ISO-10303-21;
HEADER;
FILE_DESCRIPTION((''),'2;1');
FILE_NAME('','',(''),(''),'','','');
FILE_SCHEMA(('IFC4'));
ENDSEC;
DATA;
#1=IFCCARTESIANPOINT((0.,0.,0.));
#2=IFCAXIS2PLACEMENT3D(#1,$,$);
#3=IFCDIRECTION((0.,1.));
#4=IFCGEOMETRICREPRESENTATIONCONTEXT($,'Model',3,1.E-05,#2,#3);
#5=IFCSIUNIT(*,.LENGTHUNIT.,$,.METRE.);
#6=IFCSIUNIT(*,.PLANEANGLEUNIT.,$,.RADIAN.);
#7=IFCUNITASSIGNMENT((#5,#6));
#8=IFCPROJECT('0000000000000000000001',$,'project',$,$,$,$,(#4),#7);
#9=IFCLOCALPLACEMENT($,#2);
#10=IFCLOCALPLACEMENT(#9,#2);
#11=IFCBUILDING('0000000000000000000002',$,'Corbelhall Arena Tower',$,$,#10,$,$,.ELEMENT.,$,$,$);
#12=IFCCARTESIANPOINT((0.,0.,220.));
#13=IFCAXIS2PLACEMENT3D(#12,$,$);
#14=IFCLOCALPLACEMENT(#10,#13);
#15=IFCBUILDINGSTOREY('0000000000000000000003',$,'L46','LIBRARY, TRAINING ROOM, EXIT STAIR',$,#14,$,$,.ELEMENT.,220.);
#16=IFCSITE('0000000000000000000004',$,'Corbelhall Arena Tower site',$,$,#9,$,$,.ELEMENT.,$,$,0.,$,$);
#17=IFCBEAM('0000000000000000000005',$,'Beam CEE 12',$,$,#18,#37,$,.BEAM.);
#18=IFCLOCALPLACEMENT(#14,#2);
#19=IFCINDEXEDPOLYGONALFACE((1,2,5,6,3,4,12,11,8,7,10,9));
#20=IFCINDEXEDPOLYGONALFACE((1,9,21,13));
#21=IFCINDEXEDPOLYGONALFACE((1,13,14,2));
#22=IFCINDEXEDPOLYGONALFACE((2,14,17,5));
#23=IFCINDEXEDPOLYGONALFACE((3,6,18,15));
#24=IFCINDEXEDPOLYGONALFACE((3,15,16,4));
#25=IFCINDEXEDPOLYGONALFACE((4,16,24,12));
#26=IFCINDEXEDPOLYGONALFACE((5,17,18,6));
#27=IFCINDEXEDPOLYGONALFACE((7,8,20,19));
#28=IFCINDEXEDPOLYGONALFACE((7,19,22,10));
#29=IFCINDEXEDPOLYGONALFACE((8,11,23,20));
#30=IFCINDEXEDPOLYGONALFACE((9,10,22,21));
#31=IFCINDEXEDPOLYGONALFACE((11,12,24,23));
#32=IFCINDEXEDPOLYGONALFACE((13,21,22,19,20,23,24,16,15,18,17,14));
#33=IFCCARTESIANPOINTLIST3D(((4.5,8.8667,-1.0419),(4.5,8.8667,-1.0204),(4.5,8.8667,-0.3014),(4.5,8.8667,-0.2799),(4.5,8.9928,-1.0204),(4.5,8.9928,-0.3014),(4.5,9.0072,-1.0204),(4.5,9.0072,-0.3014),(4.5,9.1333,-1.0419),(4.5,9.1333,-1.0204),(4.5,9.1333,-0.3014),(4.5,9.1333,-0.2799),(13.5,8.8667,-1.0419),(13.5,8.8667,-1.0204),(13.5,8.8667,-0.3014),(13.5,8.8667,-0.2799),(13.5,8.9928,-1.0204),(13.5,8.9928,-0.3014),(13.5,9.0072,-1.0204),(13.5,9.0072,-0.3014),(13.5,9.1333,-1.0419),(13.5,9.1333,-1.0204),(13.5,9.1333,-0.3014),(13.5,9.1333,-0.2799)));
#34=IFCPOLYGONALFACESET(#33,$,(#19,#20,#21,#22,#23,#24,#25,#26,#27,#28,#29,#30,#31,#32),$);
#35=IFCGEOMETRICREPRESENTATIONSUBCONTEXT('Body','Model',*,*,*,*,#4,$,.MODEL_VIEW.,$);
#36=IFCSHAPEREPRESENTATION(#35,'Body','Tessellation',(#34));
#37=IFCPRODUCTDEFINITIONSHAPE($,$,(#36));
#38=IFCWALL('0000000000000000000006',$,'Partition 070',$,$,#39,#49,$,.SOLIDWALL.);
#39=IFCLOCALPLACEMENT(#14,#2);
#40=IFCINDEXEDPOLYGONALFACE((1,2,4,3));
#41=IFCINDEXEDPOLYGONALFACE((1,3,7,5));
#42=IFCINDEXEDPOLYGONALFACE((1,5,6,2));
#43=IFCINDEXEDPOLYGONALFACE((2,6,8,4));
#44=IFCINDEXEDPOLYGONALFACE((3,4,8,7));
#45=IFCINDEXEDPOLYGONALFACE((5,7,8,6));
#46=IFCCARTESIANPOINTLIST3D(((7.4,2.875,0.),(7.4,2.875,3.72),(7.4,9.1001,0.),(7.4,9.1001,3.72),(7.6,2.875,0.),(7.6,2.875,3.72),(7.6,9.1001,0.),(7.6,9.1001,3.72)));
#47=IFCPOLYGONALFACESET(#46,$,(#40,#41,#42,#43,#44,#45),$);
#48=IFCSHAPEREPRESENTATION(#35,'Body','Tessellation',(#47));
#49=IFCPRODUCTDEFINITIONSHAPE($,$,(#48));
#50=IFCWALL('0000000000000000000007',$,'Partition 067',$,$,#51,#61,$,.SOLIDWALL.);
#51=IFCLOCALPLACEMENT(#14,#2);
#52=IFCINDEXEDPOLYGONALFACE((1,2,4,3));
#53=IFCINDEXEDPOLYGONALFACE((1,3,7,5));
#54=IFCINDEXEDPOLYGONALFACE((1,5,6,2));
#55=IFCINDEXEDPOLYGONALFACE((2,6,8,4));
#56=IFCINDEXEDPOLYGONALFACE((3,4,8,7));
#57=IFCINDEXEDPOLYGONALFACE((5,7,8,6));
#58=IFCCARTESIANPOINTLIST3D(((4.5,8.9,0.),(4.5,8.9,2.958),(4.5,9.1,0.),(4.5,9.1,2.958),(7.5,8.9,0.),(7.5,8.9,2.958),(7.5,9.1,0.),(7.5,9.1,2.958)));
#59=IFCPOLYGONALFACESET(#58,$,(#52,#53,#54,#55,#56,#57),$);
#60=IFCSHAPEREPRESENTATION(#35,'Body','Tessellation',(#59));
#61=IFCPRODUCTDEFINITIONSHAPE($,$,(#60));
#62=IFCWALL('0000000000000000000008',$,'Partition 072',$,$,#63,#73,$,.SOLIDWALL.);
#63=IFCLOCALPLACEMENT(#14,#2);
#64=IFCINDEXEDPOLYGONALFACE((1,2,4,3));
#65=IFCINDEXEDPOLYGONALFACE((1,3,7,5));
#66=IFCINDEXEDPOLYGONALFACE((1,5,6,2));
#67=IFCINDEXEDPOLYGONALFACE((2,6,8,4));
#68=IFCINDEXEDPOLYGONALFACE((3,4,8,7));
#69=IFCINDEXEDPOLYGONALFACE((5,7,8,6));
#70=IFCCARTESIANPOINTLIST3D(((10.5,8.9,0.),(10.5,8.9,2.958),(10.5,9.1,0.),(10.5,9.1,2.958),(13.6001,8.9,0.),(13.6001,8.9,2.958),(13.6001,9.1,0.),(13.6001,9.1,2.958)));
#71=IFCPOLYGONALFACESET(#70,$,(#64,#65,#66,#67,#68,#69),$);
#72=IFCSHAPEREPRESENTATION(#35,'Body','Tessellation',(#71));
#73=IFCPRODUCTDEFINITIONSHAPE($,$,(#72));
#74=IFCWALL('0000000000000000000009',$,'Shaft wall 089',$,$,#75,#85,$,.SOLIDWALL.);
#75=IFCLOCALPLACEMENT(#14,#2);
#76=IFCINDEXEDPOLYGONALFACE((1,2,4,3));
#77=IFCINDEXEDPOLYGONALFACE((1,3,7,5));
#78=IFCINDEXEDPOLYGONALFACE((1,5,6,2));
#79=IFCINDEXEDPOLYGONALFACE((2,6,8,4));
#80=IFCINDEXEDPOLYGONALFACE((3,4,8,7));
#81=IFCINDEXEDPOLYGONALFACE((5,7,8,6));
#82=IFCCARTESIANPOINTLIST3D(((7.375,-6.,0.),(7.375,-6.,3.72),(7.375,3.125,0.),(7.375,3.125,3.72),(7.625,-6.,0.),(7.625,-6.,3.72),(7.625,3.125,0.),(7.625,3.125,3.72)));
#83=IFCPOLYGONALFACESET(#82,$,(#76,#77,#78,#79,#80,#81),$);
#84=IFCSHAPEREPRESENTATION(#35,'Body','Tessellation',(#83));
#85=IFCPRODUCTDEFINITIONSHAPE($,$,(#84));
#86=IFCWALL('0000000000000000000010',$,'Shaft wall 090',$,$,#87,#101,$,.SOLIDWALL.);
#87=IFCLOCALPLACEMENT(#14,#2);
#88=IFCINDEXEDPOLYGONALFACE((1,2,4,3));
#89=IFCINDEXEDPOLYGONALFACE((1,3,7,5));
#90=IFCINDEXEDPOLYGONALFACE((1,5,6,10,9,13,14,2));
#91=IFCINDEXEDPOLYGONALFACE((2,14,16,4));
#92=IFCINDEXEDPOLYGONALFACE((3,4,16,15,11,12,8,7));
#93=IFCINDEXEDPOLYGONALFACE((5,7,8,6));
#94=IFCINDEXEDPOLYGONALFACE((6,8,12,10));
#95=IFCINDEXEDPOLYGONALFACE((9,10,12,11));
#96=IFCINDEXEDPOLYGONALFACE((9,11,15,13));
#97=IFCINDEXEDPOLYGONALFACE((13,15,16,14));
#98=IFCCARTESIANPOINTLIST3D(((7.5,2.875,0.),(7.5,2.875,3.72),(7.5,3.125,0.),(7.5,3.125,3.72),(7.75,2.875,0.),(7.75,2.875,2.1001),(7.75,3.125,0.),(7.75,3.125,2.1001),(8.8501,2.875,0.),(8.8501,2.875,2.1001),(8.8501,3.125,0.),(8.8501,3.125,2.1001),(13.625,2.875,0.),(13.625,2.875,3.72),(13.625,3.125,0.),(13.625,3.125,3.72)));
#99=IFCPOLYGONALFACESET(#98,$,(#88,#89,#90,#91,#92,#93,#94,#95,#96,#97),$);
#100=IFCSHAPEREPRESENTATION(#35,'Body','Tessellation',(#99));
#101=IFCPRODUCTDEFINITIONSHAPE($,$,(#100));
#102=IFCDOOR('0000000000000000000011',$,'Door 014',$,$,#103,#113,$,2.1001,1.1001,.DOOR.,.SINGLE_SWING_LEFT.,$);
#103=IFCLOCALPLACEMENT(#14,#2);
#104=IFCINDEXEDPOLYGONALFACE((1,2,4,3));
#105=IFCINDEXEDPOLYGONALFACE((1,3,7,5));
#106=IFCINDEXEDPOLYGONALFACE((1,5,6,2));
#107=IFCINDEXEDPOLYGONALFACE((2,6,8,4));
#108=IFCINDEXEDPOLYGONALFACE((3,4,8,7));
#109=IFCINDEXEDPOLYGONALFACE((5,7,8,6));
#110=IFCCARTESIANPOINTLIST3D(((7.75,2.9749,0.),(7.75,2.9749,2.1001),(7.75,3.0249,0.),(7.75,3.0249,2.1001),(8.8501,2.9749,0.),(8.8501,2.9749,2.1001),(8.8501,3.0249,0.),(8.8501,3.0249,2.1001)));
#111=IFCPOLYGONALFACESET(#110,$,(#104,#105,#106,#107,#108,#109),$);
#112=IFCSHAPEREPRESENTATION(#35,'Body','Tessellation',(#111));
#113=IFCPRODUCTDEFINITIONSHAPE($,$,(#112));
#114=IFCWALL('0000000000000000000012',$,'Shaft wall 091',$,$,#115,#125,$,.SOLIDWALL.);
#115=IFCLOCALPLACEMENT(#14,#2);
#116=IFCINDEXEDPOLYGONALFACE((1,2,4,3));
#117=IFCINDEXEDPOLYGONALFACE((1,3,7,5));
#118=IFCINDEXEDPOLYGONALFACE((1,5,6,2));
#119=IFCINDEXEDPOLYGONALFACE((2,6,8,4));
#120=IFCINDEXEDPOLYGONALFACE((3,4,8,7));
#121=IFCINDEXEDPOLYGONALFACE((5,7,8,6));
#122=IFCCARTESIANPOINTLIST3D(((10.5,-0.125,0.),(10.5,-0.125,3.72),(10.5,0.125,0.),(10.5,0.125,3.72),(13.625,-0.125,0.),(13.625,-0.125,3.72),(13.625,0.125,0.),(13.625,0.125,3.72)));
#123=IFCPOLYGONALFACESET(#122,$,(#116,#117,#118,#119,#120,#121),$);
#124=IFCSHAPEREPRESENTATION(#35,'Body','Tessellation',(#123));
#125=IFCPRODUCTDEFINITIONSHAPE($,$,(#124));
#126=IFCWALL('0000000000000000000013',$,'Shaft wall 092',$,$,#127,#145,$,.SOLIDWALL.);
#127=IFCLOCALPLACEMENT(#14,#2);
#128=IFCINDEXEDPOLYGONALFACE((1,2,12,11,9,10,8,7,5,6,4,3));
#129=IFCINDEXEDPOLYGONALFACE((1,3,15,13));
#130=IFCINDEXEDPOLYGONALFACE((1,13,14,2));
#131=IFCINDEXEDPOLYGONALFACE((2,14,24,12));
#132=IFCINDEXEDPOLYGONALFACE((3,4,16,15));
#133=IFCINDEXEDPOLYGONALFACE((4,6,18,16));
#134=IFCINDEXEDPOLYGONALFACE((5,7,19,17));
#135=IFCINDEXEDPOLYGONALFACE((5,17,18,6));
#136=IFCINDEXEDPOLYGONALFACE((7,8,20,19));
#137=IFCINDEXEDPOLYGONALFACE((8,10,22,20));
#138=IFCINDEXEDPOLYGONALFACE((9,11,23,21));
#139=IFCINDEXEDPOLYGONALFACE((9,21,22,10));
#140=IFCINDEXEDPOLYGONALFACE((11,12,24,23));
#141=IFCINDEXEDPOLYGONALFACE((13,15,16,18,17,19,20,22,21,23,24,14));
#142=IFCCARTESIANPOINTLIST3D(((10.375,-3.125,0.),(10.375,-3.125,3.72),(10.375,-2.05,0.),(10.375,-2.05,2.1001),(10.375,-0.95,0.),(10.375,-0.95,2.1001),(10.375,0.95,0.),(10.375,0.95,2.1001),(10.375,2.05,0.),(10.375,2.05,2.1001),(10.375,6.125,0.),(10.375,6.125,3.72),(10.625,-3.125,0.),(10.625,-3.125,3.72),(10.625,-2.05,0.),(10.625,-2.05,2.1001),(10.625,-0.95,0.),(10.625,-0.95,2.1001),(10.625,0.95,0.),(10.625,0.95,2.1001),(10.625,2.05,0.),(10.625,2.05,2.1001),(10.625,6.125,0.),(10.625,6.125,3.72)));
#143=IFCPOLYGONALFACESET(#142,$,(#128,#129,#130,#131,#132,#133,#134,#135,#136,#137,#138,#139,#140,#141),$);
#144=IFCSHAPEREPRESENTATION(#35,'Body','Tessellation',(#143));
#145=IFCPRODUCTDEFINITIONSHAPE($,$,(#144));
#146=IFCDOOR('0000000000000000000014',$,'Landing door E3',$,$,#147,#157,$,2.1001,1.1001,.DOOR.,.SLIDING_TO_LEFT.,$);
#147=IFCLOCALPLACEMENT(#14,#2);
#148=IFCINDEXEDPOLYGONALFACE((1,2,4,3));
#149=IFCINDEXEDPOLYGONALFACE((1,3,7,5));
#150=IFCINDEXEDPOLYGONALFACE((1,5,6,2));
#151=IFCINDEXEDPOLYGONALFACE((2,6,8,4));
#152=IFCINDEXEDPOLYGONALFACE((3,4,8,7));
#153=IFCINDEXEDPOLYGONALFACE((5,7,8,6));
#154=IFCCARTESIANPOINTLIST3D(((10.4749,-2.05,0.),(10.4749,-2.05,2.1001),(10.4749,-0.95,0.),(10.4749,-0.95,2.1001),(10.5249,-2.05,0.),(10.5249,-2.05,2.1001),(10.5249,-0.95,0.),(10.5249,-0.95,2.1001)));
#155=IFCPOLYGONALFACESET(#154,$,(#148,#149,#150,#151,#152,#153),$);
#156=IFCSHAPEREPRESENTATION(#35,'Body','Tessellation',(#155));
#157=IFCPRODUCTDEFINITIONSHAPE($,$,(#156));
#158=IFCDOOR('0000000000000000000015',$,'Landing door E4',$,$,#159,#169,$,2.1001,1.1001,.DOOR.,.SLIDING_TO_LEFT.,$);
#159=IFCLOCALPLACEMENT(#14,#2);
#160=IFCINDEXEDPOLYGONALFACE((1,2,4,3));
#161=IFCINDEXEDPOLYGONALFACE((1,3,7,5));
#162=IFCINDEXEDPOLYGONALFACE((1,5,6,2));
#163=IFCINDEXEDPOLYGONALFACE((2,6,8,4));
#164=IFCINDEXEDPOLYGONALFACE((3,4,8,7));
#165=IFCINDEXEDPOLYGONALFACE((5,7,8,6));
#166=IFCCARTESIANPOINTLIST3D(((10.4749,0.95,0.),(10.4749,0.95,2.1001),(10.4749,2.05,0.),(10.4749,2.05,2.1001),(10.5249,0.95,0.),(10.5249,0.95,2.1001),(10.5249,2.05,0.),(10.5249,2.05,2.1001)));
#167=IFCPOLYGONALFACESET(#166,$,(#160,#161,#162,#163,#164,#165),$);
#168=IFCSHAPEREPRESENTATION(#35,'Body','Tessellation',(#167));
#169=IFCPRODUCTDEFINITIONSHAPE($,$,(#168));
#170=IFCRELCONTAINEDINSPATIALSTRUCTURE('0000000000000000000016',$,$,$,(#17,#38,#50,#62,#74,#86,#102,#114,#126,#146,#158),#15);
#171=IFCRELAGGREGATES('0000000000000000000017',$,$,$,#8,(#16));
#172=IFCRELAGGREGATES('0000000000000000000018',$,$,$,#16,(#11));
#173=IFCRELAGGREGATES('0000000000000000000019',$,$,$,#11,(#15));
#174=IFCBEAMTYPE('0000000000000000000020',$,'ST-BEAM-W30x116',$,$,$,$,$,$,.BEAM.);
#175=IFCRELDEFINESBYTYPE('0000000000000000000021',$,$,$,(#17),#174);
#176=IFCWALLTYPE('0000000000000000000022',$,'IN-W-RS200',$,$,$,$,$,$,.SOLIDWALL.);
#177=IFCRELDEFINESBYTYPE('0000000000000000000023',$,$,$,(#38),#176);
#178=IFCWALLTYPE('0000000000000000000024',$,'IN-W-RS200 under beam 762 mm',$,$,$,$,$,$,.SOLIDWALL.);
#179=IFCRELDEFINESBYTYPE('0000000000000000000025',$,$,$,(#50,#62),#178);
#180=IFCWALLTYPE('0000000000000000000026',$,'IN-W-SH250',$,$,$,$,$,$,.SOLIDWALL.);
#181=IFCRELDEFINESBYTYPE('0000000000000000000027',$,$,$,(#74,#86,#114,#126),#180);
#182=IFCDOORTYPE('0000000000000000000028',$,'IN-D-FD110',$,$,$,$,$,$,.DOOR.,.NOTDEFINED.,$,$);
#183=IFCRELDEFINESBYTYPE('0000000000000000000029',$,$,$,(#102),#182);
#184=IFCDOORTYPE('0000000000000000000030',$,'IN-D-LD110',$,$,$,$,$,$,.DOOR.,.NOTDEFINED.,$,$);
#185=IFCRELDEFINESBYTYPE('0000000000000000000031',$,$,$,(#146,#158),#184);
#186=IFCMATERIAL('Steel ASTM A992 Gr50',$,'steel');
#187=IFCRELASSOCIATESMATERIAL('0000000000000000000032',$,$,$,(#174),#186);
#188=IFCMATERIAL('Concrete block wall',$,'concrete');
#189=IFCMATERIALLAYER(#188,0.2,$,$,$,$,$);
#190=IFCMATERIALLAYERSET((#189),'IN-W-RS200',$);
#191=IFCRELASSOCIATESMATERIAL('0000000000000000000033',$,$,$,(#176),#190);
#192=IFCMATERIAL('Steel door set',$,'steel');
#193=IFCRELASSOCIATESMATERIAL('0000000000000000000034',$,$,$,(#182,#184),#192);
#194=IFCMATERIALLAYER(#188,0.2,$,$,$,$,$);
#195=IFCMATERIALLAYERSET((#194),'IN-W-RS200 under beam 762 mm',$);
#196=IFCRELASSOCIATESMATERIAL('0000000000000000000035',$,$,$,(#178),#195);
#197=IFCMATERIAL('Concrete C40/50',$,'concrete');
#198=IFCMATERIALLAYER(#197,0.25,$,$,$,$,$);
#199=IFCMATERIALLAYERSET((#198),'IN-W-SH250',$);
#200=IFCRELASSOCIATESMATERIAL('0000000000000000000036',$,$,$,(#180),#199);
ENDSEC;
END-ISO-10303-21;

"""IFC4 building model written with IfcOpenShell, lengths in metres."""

from ifc_helpers import new_model, si_unit, direction, frame, frame_2d, origin, origin_2d, place, context, subcontext, project, spatial, rectangle, i_section, extrude, material, layer, layer_set, material_profile, profile_set, type_object, element, fill, save


model = new_model("IFC4")

# Units and contexts
model_context = context("Model", 3, precision=1e-05, world=origin(), true_north=direction((0.0, 1.0)))
body_context = subcontext(model_context, "Body", "Model", "MODEL_VIEW")
ifc_project = project(units=[si_unit("LENGTHUNIT", "METRE"), si_unit("PLANEANGLEUNIT", "RADIAN")], contexts=[model_context])

# Site, building, storey
site_placement = place(None, origin())
site = spatial("IfcSite", under=ifc_project, at=site_placement, Name="Corbelhall Arena Tower site", CompositionType="ELEMENT", RefElevation=0.0)
building_placement = place(site_placement, origin())
building = spatial("IfcBuilding", under=site, at=building_placement, Name="Corbelhall Arena Tower", CompositionType="ELEMENT")
storey_placement = place(building_placement, frame((0.0, 0.0, 220.0)))
storey = spatial("IfcBuildingStorey", under=building, at=storey_placement, Name="L46", Description="LIBRARY, TRAINING ROOM, EXIT STAIR", CompositionType="ELEMENT", Elevation=220.0)

# Beam
ifc_material_1 = material(Name="Steel ASTM A992 Gr50", Category="steel")
ifc_material_profile = material_profile(ifc_material_1, i_section(OverallWidth=0.2666, OverallDepth=0.762, WebThickness=0.0144, FlangeThickness=0.0215, at=origin_2d()))
ifc_profile_set = profile_set([ifc_material_profile], Name="Steel ASTM A992 Gr50")
beam_type = type_object("IfcBeamType", Name="ST-BEAM-W30x116", PredefinedType="BEAM", material=ifc_profile_set)
beam_placement = place(storey_placement, frame((4.5, 9.0, -0.6609), z_axis=(1.0, 0.0, 0.0), x_axis=(0.0, 1.0, 0.0)))
element("IfcBeam", 1, at=beam_placement, inside=storey, type_object=beam_type, Name="Beam CEE 12", PredefinedType="BEAM", context=body_context, shape_type="SweptSolid", body=[
    extrude(i_section(OverallWidth=0.2666, OverallDepth=0.762, WebThickness=0.0144, FlangeThickness=0.0215, at=origin_2d()), origin(), (0.0, 0.0, 1.0), 9.0),
])

# Wall
ifc_material_2 = material(Name="Concrete block wall", Category="concrete")
ifc_layer_1 = layer(ifc_material_2, 0.2)
ifc_layer_set_1 = layer_set([ifc_layer_1], Name="IN-W-RS200")
wall_type_1 = type_object("IfcWallType", Name="IN-W-RS200", PredefinedType="SOLIDWALL", material=ifc_layer_set_1)
wall_1_placement = place(storey_placement, frame((7.5, 9.1001, 0.0), z_axis=(0.0, 0.0, 1.0), x_axis=(0.0, -1.0, 0.0)))
element("IfcWall", 2, at=wall_1_placement, inside=storey, type_object=wall_type_1, Name="Partition 070", PredefinedType="SOLIDWALL", context=body_context, shape_type="SweptSolid", body=[
    extrude(rectangle(XDim=6.2251, YDim=0.2, at=frame_2d((3.1125, 0.0))), origin(), (0.0, 0.0, 1.0), 3.72),
])

# Shared definitions
ifc_material_3 = material(Name="Steel door set", Category="steel")
door_type_1 = type_object("IfcDoorType", Name="IN-D-FD110", OperationType="NOTDEFINED", PredefinedType="DOOR", material=ifc_material_3)

# Walls
ifc_layer_2 = layer(ifc_material_2, 0.2)
ifc_layer_set_2 = layer_set([ifc_layer_2], Name="IN-W-RS200 under beam 762 mm")
wall_type_2 = type_object("IfcWallType", Name="IN-W-RS200 under beam 762 mm", PredefinedType="SOLIDWALL", material=ifc_layer_set_2)
wall_2_placement = place(storey_placement, frame((4.5, 9.0, 0.0), z_axis=(0.0, 0.0, 1.0), x_axis=(1.0, 0.0, 0.0)))
element("IfcWall", 3, at=wall_2_placement, inside=storey, type_object=wall_type_2, Name="Partition 067", PredefinedType="SOLIDWALL", context=body_context, shape_type="SweptSolid", body=[
    extrude(rectangle(XDim=3.0, YDim=0.2, at=frame_2d((1.5, 0.0))), origin(), (0.0, 0.0, 1.0), 2.958),
])
wall_3_placement = place(storey_placement, frame((10.5, 9.0, 0.0), z_axis=(0.0, 0.0, 1.0), x_axis=(1.0, 0.0, 0.0)))
element("IfcWall", 4, at=wall_3_placement, inside=storey, type_object=wall_type_2, Name="Partition 072", PredefinedType="SOLIDWALL", context=body_context, shape_type="SweptSolid", body=[
    extrude(rectangle(XDim=3.1001, YDim=0.2, at=frame_2d((1.55, 0.0))), origin(), (0.0, 0.0, 1.0), 2.958),
])
ifc_material_4 = material(Name="Concrete C40/50", Category="concrete")
ifc_layer_3 = layer(ifc_material_4, 0.25)
ifc_layer_set_3 = layer_set([ifc_layer_3], Name="IN-W-SH250")
wall_type_3 = type_object("IfcWallType", Name="IN-W-SH250", PredefinedType="SOLIDWALL", material=ifc_layer_set_3)
wall_4_placement = place(storey_placement, frame((7.5, 3.125, 0.0), z_axis=(0.0, 0.0, 1.0), x_axis=(0.0, -1.0, 0.0)))
element("IfcWall", 5, at=wall_4_placement, inside=storey, type_object=wall_type_3, Name="Shaft wall 089", PredefinedType="SOLIDWALL", context=body_context, shape_type="SweptSolid", body=[
    extrude(rectangle(XDim=9.125, YDim=0.25, at=frame_2d((4.5625, 0.0))), origin(), (0.0, 0.0, 1.0), 3.72),
])

# Wall, opening, door
wall_5_placement = place(storey_placement, frame((7.5, 3.0, 0.0), z_axis=(0.0, 0.0, 1.0), x_axis=(1.0, 0.0, 0.0)))
wall_5 = element("IfcWall", 6, at=wall_5_placement, inside=storey, type_object=wall_type_3, Name="Shaft wall 090", PredefinedType="SOLIDWALL", context=body_context, shape_type="SweptSolid", body=[
    extrude(rectangle(XDim=6.125, YDim=0.25, at=frame_2d((3.0625, 0.0))), origin(), (0.0, 0.0, 1.0), 3.72),
])
opening_1_placement = place(wall_5_placement, frame((0.25, 0.0, 0.0)))
opening_1 = element("IfcOpeningElement", 7, at=opening_1_placement, cuts=wall_5, PredefinedType="OPENING", context=body_context, shape_type="SweptSolid", body=[
    extrude(rectangle(XDim=1.1001, YDim=2.1001, at=frame_2d((0.55, 1.05))), frame((0.0, 0.125, 0.0), z_axis=(0.0, -1.0, 0.0), x_axis=(1.0, 0.0, 0.0)), (0.0, 0.0, 1.0), 0.25),
])
door_1_placement = place(opening_1_placement, origin())
door_1 = element("IfcDoor", 8, at=door_1_placement, inside=storey, type_object=door_type_1, Name="Door 014", OperationType="SINGLE_SWING_LEFT", OverallHeight=2.1001, OverallWidth=1.1001, PredefinedType="DOOR", context=body_context, shape_type="SweptSolid", body=[
    extrude(rectangle(XDim=1.1001, YDim=2.1001, at=frame_2d((0.55, 1.05))), frame((0.0, 0.0249, 0.0), z_axis=(0.0, -1.0, 0.0), x_axis=(1.0, 0.0, 0.0)), (0.0, 0.0, 1.0), 0.05),
])
fill(opening_1, door_1)

# Wall
wall_6_placement = place(storey_placement, frame((10.5, 0.0, 0.0), z_axis=(0.0, 0.0, 1.0), x_axis=(1.0, 0.0, 0.0)))
element("IfcWall", 9, at=wall_6_placement, inside=storey, type_object=wall_type_3, Name="Shaft wall 091", PredefinedType="SOLIDWALL", context=body_context, shape_type="SweptSolid", body=[
    extrude(rectangle(XDim=3.125, YDim=0.25, at=frame_2d((1.5625, 0.0))), origin(), (0.0, 0.0, 1.0), 3.72),
])

# Wall, openings, doors
wall_7_placement = place(storey_placement, frame((10.5, 6.125, 0.0), z_axis=(0.0, 0.0, 1.0), x_axis=(0.0, -1.0, 0.0)))
wall_7 = element("IfcWall", 10, at=wall_7_placement, inside=storey, type_object=wall_type_3, Name="Shaft wall 092", PredefinedType="SOLIDWALL", context=body_context, shape_type="SweptSolid", body=[
    extrude(rectangle(XDim=9.25, YDim=0.25, at=frame_2d((4.625, 0.0))), origin(), (0.0, 0.0, 1.0), 3.72),
])
opening_2_placement = place(wall_7_placement, frame((7.075, 0.0, 0.0)))
opening_2 = element("IfcOpeningElement", 11, at=opening_2_placement, cuts=wall_7, PredefinedType="OPENING", context=body_context, shape_type="SweptSolid", body=[
    extrude(rectangle(XDim=1.1001, YDim=2.1001, at=frame_2d((0.55, 1.05))), frame((0.0, 0.125, 0.0), z_axis=(0.0, -1.0, 0.0), x_axis=(1.0, 0.0, 0.0)), (0.0, 0.0, 1.0), 0.25),
])
opening_3_placement = place(wall_7_placement, frame((4.075, 0.0, 0.0)))
opening_3 = element("IfcOpeningElement", 12, at=opening_3_placement, cuts=wall_7, PredefinedType="OPENING", context=body_context, shape_type="SweptSolid", body=[
    extrude(rectangle(XDim=1.1001, YDim=2.1001, at=frame_2d((0.55, 1.05))), frame((0.0, 0.125, 0.0), z_axis=(0.0, -1.0, 0.0), x_axis=(1.0, 0.0, 0.0)), (0.0, 0.0, 1.0), 0.25),
])
door_type_2 = type_object("IfcDoorType", Name="IN-D-LD110", OperationType="NOTDEFINED", PredefinedType="DOOR", material=ifc_material_3)
door_2_placement = place(opening_2_placement, origin())
door_2 = element("IfcDoor", 13, at=door_2_placement, inside=storey, type_object=door_type_2, Name="Landing door E3", OperationType="SLIDING_TO_LEFT", OverallHeight=2.1001, OverallWidth=1.1001, PredefinedType="DOOR", context=body_context, shape_type="SweptSolid", body=[
    extrude(rectangle(XDim=1.1001, YDim=2.1001, at=frame_2d((0.55, 1.05))), frame((0.0, 0.0249, 0.0), z_axis=(0.0, -1.0, 0.0), x_axis=(1.0, 0.0, 0.0)), (0.0, 0.0, 1.0), 0.05),
])
fill(opening_2, door_2)
door_3_placement = place(opening_3_placement, origin())
door_3 = element("IfcDoor", 14, at=door_3_placement, inside=storey, type_object=door_type_2, Name="Landing door E4", OperationType="SLIDING_TO_LEFT", OverallHeight=2.1001, OverallWidth=1.1001, PredefinedType="DOOR", context=body_context, shape_type="SweptSolid", body=[
    extrude(rectangle(XDim=1.1001, YDim=2.1001, at=frame_2d((0.55, 1.05))), frame((0.0, 0.0249, 0.0), z_axis=(0.0, -1.0, 0.0), x_axis=(1.0, 0.0, 0.0)), (0.0, 0.0, 1.0), 0.05),
])
fill(opening_3, door_3)

save(model, "model.ifc")
